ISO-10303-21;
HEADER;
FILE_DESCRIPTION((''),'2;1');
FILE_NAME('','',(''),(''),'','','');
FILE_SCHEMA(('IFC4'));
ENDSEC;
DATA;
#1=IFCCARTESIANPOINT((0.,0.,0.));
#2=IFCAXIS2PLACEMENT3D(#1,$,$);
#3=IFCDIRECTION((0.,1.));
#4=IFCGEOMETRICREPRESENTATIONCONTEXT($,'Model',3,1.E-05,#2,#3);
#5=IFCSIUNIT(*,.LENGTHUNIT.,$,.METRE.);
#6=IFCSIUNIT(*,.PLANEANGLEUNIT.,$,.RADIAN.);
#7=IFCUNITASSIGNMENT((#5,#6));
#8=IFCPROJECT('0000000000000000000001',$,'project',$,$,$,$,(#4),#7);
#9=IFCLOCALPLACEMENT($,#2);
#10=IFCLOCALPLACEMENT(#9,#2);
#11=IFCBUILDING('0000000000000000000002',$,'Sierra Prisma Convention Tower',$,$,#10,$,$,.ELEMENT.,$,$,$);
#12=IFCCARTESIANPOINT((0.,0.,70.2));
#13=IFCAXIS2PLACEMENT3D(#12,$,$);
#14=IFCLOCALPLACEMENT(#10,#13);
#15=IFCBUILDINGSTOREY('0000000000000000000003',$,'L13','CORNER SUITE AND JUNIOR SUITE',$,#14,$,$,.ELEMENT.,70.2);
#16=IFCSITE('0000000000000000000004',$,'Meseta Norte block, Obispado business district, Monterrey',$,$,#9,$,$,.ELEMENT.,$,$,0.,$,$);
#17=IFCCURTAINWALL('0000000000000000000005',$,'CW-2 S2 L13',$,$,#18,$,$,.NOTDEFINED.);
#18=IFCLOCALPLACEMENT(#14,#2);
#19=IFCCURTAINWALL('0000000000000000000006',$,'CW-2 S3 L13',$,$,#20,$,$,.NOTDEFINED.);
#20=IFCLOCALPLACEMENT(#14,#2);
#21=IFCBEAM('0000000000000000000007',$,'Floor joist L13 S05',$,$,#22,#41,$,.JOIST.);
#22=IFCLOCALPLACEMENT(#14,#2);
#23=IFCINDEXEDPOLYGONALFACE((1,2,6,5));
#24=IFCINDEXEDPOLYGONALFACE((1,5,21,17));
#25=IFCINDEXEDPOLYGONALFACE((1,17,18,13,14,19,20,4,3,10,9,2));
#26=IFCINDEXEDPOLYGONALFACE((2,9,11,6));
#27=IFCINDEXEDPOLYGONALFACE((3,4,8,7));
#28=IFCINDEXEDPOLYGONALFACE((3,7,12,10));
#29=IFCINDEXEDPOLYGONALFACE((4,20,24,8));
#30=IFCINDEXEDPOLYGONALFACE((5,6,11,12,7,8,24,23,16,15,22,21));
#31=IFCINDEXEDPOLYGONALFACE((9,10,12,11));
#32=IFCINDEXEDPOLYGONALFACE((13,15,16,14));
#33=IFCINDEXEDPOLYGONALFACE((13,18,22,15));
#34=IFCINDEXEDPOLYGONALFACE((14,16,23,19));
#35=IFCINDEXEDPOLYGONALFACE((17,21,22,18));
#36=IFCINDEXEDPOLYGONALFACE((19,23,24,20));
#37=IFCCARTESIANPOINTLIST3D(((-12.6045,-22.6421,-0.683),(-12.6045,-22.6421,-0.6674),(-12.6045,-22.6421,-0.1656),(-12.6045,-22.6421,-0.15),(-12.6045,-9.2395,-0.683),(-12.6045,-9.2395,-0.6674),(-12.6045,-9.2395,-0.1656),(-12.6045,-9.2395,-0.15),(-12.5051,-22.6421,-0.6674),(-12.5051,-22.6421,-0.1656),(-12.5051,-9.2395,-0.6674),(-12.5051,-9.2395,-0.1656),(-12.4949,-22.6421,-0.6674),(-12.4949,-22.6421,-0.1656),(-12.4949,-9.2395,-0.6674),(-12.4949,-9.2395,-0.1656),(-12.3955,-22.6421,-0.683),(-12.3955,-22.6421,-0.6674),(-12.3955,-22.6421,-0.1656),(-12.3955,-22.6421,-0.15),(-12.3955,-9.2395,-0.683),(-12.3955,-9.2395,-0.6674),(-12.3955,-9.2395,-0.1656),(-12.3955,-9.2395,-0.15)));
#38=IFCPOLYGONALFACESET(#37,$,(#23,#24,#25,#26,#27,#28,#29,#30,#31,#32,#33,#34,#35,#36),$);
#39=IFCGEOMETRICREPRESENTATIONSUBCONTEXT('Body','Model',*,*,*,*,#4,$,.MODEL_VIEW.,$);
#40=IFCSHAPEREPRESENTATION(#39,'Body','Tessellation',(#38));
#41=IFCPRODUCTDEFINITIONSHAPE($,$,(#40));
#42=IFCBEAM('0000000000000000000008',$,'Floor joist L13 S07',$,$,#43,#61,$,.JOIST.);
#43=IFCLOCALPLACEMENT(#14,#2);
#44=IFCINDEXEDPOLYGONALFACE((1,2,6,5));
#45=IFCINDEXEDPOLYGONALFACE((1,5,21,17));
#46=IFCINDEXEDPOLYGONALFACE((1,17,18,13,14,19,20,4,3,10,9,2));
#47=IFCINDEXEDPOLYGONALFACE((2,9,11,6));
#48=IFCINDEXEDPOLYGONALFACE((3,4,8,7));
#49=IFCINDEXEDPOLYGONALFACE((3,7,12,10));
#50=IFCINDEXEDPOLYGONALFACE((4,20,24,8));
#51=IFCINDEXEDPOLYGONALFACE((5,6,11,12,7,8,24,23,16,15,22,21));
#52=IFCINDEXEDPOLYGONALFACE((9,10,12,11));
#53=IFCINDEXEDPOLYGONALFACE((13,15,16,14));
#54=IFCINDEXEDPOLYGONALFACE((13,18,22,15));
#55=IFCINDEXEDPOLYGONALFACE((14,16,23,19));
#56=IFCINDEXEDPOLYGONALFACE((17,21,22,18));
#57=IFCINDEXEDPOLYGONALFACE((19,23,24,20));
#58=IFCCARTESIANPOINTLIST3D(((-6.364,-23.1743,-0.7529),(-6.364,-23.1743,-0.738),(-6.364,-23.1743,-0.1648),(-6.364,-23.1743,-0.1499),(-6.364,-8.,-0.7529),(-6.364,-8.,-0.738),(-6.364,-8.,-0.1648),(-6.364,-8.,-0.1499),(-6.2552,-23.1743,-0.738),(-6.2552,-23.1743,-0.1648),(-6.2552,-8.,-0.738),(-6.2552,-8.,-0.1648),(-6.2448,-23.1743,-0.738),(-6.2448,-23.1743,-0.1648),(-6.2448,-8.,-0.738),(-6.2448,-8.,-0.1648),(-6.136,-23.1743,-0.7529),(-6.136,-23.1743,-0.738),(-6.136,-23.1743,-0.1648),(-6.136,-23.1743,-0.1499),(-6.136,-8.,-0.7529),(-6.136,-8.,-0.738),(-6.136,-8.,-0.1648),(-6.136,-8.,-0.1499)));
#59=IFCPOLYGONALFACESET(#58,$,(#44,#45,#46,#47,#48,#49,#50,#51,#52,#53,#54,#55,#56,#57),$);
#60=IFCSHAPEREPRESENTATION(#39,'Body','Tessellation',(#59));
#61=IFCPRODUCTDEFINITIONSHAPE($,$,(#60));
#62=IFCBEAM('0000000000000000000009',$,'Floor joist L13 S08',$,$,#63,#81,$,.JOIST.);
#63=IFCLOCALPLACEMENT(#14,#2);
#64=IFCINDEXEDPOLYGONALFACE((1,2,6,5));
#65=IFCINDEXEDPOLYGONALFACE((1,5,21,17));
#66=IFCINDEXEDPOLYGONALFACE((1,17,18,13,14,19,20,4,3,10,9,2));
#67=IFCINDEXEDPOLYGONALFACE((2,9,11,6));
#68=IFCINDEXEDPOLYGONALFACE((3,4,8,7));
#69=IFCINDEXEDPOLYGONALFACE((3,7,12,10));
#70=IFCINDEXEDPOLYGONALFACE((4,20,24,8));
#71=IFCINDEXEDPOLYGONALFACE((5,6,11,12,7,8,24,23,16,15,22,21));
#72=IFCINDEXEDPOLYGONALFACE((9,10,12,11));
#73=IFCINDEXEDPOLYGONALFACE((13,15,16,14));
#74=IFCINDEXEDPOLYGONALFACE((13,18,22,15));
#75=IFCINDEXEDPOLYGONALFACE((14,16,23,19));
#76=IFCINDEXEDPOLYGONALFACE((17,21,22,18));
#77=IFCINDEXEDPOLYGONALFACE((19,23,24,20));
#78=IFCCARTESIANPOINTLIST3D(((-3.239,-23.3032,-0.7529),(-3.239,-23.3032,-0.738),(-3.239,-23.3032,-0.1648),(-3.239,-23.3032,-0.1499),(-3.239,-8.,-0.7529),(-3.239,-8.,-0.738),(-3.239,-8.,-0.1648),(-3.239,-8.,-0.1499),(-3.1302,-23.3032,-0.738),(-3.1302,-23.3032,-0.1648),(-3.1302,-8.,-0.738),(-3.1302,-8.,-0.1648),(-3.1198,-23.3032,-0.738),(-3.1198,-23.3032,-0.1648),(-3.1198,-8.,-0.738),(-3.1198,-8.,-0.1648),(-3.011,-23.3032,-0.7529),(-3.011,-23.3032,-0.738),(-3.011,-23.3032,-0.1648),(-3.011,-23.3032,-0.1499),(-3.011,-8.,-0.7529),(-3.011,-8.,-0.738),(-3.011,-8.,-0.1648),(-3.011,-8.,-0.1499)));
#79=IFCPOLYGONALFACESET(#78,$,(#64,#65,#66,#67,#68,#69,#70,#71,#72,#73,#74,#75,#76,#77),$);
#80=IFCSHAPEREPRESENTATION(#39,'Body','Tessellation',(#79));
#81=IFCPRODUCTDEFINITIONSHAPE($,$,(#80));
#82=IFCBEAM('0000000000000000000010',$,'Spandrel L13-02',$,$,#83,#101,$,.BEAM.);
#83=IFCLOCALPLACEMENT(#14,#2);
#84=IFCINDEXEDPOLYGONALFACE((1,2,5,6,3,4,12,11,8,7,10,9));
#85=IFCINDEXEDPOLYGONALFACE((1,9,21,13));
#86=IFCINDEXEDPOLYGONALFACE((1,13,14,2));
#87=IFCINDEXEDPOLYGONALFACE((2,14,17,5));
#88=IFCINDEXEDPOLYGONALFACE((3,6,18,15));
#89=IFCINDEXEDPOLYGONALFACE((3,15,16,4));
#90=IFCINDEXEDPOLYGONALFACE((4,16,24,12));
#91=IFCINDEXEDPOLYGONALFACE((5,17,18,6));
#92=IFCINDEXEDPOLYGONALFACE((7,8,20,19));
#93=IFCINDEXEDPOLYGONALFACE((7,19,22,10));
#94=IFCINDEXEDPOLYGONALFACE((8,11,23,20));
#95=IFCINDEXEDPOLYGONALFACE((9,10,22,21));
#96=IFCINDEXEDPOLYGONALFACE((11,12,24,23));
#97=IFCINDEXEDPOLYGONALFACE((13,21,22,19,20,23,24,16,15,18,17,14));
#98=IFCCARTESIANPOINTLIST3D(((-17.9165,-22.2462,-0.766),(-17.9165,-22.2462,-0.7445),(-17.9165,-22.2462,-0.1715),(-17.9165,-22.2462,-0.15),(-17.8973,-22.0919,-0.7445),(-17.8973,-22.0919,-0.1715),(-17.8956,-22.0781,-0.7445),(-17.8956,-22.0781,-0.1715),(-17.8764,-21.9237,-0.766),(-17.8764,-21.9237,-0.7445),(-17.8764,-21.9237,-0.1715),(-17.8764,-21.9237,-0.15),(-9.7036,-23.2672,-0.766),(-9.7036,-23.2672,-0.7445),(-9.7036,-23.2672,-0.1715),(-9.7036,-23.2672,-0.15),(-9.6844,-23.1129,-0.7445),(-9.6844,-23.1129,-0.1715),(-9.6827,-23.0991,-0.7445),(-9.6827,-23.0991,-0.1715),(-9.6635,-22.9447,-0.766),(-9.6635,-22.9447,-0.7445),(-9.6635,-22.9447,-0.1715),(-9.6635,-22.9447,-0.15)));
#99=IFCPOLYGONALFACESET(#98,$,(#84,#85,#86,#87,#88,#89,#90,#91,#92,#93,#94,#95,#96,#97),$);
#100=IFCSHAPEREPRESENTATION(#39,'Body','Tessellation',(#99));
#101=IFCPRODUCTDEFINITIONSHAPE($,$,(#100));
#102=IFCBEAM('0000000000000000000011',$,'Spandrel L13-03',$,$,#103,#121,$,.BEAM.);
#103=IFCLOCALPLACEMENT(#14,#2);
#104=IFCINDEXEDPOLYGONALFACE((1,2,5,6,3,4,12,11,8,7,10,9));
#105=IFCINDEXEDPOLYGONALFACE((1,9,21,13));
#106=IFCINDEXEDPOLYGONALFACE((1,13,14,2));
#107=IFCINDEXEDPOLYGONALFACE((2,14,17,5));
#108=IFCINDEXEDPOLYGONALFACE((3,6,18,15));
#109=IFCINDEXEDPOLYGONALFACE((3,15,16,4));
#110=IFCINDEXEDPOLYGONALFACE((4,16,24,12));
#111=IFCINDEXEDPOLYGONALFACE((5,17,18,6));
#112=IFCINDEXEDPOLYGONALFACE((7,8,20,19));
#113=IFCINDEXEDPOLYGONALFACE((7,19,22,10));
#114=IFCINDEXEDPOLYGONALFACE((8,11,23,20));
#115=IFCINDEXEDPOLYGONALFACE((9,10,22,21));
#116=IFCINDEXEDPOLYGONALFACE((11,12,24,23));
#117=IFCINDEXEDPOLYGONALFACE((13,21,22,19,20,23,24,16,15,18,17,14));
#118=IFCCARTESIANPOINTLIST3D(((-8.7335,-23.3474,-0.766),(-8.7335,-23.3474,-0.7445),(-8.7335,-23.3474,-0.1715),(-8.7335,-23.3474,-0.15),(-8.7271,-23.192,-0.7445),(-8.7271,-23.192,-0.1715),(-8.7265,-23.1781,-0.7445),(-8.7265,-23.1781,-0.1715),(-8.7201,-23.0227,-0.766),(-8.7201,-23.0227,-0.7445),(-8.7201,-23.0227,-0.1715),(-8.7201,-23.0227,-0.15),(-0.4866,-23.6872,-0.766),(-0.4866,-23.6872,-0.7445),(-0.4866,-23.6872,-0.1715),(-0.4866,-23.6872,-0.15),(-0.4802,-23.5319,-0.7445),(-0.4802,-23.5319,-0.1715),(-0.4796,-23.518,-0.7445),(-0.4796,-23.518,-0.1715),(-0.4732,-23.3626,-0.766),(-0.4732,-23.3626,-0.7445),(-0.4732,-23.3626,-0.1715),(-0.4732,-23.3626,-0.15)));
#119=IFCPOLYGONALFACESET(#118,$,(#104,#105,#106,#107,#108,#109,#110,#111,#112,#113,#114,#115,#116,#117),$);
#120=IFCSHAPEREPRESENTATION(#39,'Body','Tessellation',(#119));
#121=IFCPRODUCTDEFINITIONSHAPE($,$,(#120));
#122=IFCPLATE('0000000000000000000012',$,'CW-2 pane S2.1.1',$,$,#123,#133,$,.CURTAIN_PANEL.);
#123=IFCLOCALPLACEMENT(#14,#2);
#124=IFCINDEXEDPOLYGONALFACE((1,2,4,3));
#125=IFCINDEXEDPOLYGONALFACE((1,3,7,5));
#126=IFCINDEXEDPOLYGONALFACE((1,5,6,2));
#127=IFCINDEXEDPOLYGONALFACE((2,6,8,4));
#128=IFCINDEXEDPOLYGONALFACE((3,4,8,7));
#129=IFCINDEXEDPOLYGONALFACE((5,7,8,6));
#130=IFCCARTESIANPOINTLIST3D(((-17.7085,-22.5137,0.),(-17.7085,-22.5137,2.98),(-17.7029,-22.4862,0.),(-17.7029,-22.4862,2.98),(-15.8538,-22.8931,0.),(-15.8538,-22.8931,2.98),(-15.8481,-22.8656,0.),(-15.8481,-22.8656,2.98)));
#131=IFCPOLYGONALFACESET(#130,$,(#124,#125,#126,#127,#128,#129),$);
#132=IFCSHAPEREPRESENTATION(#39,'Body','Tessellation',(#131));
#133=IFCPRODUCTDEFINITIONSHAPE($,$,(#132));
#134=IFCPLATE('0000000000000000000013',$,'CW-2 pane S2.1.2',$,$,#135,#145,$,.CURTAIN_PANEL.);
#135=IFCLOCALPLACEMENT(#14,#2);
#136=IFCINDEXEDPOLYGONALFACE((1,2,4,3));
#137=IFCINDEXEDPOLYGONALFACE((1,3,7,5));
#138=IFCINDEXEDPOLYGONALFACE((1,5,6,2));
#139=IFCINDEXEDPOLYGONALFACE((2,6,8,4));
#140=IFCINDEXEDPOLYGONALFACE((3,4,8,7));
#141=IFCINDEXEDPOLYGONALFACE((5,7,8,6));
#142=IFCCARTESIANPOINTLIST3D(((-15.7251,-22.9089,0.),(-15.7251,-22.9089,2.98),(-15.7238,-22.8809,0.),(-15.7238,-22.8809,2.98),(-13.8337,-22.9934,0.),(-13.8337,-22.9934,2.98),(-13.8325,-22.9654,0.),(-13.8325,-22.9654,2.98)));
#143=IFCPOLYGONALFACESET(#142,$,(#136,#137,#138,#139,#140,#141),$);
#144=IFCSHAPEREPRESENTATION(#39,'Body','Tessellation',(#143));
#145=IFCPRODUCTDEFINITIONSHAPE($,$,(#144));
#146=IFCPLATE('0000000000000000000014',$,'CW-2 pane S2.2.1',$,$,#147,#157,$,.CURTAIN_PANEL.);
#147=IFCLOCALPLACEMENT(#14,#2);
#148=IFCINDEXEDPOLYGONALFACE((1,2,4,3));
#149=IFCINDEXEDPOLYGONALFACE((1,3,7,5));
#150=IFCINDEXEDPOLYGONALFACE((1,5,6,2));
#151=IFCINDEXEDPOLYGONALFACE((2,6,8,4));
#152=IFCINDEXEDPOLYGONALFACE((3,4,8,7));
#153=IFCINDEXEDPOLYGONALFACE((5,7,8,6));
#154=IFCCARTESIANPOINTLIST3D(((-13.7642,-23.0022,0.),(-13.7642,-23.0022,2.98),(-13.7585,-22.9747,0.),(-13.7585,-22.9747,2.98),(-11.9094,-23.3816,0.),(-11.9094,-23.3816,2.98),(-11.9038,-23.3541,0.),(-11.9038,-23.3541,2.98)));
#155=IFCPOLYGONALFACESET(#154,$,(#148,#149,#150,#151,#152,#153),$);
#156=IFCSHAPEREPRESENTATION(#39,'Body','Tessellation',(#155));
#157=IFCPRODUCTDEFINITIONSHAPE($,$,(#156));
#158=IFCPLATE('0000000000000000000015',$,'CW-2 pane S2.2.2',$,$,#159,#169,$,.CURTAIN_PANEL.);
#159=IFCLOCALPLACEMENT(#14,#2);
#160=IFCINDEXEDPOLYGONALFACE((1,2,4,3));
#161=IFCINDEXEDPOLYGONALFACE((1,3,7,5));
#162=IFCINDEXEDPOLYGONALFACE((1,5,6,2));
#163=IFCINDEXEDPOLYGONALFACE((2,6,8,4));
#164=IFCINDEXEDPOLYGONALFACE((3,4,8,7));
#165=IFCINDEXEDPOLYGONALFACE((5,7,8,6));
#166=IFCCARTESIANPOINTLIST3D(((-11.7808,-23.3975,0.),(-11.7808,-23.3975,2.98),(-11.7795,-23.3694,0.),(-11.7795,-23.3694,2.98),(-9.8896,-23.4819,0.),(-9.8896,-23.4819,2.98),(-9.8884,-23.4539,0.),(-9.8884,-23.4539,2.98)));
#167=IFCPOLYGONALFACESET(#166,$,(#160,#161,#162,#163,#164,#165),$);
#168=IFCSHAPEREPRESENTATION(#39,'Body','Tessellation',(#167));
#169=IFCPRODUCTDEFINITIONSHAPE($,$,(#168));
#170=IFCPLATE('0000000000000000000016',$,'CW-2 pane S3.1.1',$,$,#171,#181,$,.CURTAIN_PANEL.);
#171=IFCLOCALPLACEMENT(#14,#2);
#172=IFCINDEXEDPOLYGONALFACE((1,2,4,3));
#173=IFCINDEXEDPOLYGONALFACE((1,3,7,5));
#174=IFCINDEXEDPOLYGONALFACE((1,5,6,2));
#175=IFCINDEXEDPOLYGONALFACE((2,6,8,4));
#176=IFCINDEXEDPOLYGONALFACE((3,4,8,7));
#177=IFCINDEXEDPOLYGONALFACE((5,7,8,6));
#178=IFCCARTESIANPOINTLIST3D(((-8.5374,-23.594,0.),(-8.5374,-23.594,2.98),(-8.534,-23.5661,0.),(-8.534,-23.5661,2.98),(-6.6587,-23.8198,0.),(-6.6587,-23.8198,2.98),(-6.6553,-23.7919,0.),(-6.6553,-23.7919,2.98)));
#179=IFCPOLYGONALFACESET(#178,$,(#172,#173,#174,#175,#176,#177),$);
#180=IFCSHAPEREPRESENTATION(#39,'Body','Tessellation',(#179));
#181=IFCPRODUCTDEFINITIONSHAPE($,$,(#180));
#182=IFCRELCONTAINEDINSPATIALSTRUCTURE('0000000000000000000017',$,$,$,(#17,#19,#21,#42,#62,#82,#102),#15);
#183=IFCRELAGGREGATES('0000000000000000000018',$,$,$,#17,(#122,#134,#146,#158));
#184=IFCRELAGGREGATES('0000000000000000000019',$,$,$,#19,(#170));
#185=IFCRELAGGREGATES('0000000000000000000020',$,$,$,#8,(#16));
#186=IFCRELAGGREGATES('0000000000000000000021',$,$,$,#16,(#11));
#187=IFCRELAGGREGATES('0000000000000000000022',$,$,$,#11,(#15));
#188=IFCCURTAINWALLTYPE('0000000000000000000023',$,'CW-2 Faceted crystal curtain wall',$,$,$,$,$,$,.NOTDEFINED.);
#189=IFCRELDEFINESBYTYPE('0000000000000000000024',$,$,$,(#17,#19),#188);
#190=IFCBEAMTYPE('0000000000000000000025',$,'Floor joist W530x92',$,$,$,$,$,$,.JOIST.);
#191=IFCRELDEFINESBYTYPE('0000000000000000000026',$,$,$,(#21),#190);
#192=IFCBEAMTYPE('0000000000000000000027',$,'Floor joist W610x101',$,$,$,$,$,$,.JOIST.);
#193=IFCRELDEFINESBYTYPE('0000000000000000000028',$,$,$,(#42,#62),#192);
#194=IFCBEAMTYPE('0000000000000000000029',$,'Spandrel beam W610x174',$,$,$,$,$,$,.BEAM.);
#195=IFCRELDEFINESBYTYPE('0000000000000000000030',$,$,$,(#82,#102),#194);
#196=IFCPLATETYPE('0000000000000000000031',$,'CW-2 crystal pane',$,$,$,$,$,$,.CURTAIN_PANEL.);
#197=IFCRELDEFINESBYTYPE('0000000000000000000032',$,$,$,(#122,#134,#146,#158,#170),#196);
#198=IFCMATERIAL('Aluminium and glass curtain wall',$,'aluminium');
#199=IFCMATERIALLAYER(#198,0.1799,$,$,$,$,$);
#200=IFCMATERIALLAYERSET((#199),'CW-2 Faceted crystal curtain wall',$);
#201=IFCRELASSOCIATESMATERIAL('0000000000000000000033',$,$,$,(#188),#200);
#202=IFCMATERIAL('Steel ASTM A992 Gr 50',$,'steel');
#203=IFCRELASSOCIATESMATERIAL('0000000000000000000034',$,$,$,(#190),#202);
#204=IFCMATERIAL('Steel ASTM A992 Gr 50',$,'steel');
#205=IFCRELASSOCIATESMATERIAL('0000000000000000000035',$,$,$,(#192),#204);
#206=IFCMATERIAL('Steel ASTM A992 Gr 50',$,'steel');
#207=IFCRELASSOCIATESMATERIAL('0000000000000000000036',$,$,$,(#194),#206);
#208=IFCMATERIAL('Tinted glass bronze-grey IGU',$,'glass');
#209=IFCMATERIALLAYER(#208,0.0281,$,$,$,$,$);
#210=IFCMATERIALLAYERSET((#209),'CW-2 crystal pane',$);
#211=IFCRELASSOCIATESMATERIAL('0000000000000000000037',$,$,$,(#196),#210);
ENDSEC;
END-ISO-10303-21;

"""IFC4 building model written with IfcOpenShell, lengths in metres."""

from ifc_helpers import new_model, si_unit, direction, frame, origin, origin_2d, place, context, subcontext, project, spatial, polyline, i_section, outline, extrude, material, layer, layer_set, material_profile, profile_set, type_object, element, aggregate, save


model = new_model("IFC4")

# Units and contexts
model_context = context("Model", 3, precision=1e-05, world=origin(), true_north=direction((0.0, 1.0)))
body_context = subcontext(model_context, "Body", "Model", "MODEL_VIEW")
ifc_project = project(units=[si_unit("LENGTHUNIT", "METRE"), si_unit("PLANEANGLEUNIT", "RADIAN")], contexts=[model_context])

# Site, building, storey
site_placement = place(None, origin())
site = spatial("IfcSite", under=ifc_project, at=site_placement, Name="Meseta Norte block, Obispado business district, Monterrey", CompositionType="ELEMENT", RefElevation=0.0)
building_placement = place(site_placement, origin())
building = spatial("IfcBuilding", under=site, at=building_placement, Name="Sierra Prisma Convention Tower", CompositionType="ELEMENT")
storey_placement = place(building_placement, frame((0.0, 0.0, 70.2)))
storey = spatial("IfcBuildingStorey", under=building, at=storey_placement, Name="L13", Description="CORNER SUITE AND JUNIOR SUITE", CompositionType="ELEMENT", Elevation=70.2)

# Curtain walls
ifc_material_1 = material(Name="Aluminium and glass curtain wall", Category="aluminium")
ifc_layer_1 = layer(ifc_material_1, 0.1799)
ifc_layer_set_1 = layer_set([ifc_layer_1], Name="CW-2 Faceted crystal curtain wall")
curtain_wall_type = type_object("IfcCurtainWallType", Name="CW-2 Faceted crystal curtain wall", PredefinedType="NOTDEFINED", material=ifc_layer_set_1)
curtain_wall_1_placement = place(storey_placement, origin())
curtain_wall_1 = element("IfcCurtainWall", 1, at=curtain_wall_1_placement, inside=storey, type_object=curtain_wall_type, Name="CW-2 S2 L13", PredefinedType="NOTDEFINED")
curtain_wall_2_placement = place(storey_placement, origin())
curtain_wall_2 = element("IfcCurtainWall", 2, at=curtain_wall_2_placement, inside=storey, type_object=curtain_wall_type, Name="CW-2 S3 L13", PredefinedType="NOTDEFINED")

# Beams
ifc_material_2 = material(Name="Steel ASTM A992 Gr 50", Category="steel")
ifc_material_profile_1 = material_profile(ifc_material_2, i_section(OverallWidth=0.209, OverallDepth=0.533, WebThickness=0.0103, FlangeThickness=0.0156, at=origin_2d()), Name="W530x92")
ifc_profile_set_1 = profile_set([ifc_material_profile_1], Name="Steel ASTM A992 Gr 50")
beam_type_1 = type_object("IfcBeamType", Name="Floor joist W530x92", PredefinedType="JOIST", material=ifc_profile_set_1)
beam_1_placement = place(storey_placement, frame((-12.5, -22.6421, -0.4165), z_axis=(0.0, 1.0, 0.0), x_axis=(-1.0, 0.0, 0.0)))
element("IfcBeam", 3, at=beam_1_placement, inside=storey, type_object=beam_type_1, Name="Floor joist L13 S05", PredefinedType="JOIST", context=body_context, shape_type="SweptSolid", body=[
    extrude(i_section(OverallWidth=0.209, OverallDepth=0.533, WebThickness=0.0103, FlangeThickness=0.0156, at=origin_2d()), origin(), (0.0, 0.0, 1.0), 13.4026),
])
ifc_material_3 = material(Name="Steel ASTM A992 Gr 50", Category="steel")
ifc_material_profile_2 = material_profile(ifc_material_3, i_section(OverallWidth=0.228, OverallDepth=0.603, WebThickness=0.0105, FlangeThickness=0.0149, at=origin_2d()), Name="W610x101")
ifc_profile_set_2 = profile_set([ifc_material_profile_2], Name="Steel ASTM A992 Gr 50")
beam_type_2 = type_object("IfcBeamType", Name="Floor joist W610x101", PredefinedType="JOIST", material=ifc_profile_set_2)
beam_2_placement = place(storey_placement, frame((-6.25, -23.1743, -0.4514), z_axis=(0.0, 1.0, 0.0), x_axis=(-1.0, 0.0, 0.0)))
element("IfcBeam", 4, at=beam_2_placement, inside=storey, type_object=beam_type_2, Name="Floor joist L13 S07", PredefinedType="JOIST", context=body_context, shape_type="SweptSolid", body=[
    extrude(i_section(OverallWidth=0.228, OverallDepth=0.603, WebThickness=0.0105, FlangeThickness=0.0149, at=origin_2d()), origin(), (0.0, 0.0, 1.0), 15.1743),
])
beam_3_placement = place(storey_placement, frame((-3.125, -23.3032, -0.4514), z_axis=(0.0, 1.0, 0.0), x_axis=(-1.0, 0.0, 0.0)))
element("IfcBeam", 5, at=beam_3_placement, inside=storey, type_object=beam_type_2, Name="Floor joist L13 S08", PredefinedType="JOIST", context=body_context, shape_type="SweptSolid", body=[
    extrude(i_section(OverallWidth=0.228, OverallDepth=0.603, WebThickness=0.0105, FlangeThickness=0.0149, at=origin_2d()), origin(), (0.0, 0.0, 1.0), 15.3032),
])
ifc_material_4 = material(Name="Steel ASTM A992 Gr 50", Category="steel")
ifc_material_profile_3 = material_profile(ifc_material_4, i_section(OverallWidth=0.325, OverallDepth=0.616, WebThickness=0.0139, FlangeThickness=0.0215, at=origin_2d()), Name="W610x174")
ifc_profile_set_3 = profile_set([ifc_material_profile_3], Name="Steel ASTM A992 Gr 50")
beam_type_3 = type_object("IfcBeamType", Name="Spandrel beam W610x174", PredefinedType="BEAM", material=ifc_profile_set_3)
beam_4_placement = place(storey_placement, frame((-17.8965, -22.085, -0.458), z_axis=(0.992361, -0.123367, 0.0), x_axis=(0.123367, 0.992361, 0.0)))
element("IfcBeam", 6, at=beam_4_placement, inside=storey, type_object=beam_type_3, Name="Spandrel L13-02", PredefinedType="BEAM", context=body_context, shape_type="SweptSolid", body=[
    extrude(i_section(OverallWidth=0.325, OverallDepth=0.616, WebThickness=0.0139, FlangeThickness=0.0215, at=origin_2d()), origin(), (0.0, 0.0, 1.0), 8.2761),
])
beam_5_placement = place(storey_placement, frame((-8.7268, -23.1851, -0.458), z_axis=(0.999152, -0.041174, 0.0), x_axis=(0.041174, 0.999152, 0.0)))
element("IfcBeam", 7, at=beam_5_placement, inside=storey, type_object=beam_type_3, Name="Spandrel L13-03", PredefinedType="BEAM", context=body_context, shape_type="SweptSolid", body=[
    extrude(i_section(OverallWidth=0.325, OverallDepth=0.616, WebThickness=0.0139, FlangeThickness=0.0215, at=origin_2d()), origin(), (0.0, 0.0, 1.0), 8.2539),
])

# Plates
ifc_material_5 = material(Name="Tinted glass bronze-grey IGU", Category="glass")
ifc_layer_2 = layer(ifc_material_5, 0.0281)
ifc_layer_set_2 = layer_set([ifc_layer_2], Name="CW-2 crystal pane")
plate_type = type_object("IfcPlateType", Name="CW-2 crystal pane", PredefinedType="CURTAIN_PANEL", material=ifc_layer_set_2)
plate_1_placement = place(storey_placement, frame((-17.7085, -22.5137, 0.0), z_axis=(-0.200405, -0.979713, 0.0), x_axis=(0.979713, -0.200405, 0.0)))
plate_1 = element("IfcPlate", 8, at=plate_1_placement, type_object=plate_type, Name="CW-2 pane S2.1.1", PredefinedType="CURTAIN_PANEL", context=body_context, shape_type="SweptSolid", body=[
    extrude(outline(polyline([(0.0, 0.0), (1.8931, 0.0), (1.8931, 2.98), (0.0, 2.98), (0.0, 0.0)])), origin(), (0.0, 0.0, -1.0), 0.0281),
])
plate_2_placement = place(storey_placement, frame((-13.8337, -22.9934, 0.0), z_axis=(-0.044618, -0.999004, 0.0), x_axis=(-0.999004, 0.044618, 0.0)))
plate_2 = element("IfcPlate", 9, at=plate_2_placement, type_object=plate_type, Name="CW-2 pane S2.1.2", PredefinedType="CURTAIN_PANEL", context=body_context, shape_type="SweptSolid", body=[
    extrude(outline(polyline([(0.0, 0.0), (1.8932, 0.0), (1.8932, -2.98), (0.0, -2.98), (0.0, 0.0)])), origin(), (0.0, 0.0, -1.0), 0.0281),
])
plate_3_placement = place(storey_placement, frame((-13.7642, -23.0022, 0.0), z_axis=(-0.200405, -0.979713, 0.0), x_axis=(0.979713, -0.200405, 0.0)))
plate_3 = element("IfcPlate", 10, at=plate_3_placement, type_object=plate_type, Name="CW-2 pane S2.2.1", PredefinedType="CURTAIN_PANEL", context=body_context, shape_type="SweptSolid", body=[
    extrude(outline(polyline([(0.0, 0.0), (1.8931, 0.0), (1.8931, 2.98), (0.0, 2.98), (0.0, 0.0)])), origin(), (0.0, 0.0, -1.0), 0.0281),
])
plate_4_placement = place(storey_placement, frame((-9.8896, -23.4819, 0.0), z_axis=(-0.044624, -0.999004, 0.0), x_axis=(-0.999004, 0.044624, 0.0)))
plate_4 = element("IfcPlate", 11, at=plate_4_placement, type_object=plate_type, Name="CW-2 pane S2.2.2", PredefinedType="CURTAIN_PANEL", context=body_context, shape_type="SweptSolid", body=[
    extrude(outline(polyline([(0.0, 0.0), (1.893, 0.0), (1.893, -2.98), (0.0, -2.98), (0.0, 0.0)])), origin(), (0.0, 0.0, -1.0), 0.0281),
])
aggregate(curtain_wall_1, [plate_1, plate_2, plate_3, plate_4])
plate_5_placement = place(storey_placement, frame((-8.5374, -23.594, 0.0), z_axis=(-0.119349, -0.992852, 0.0), x_axis=(0.992852, -0.119349, 0.0)))
plate_5 = element("IfcPlate", 12, at=plate_5_placement, type_object=plate_type, Name="CW-2 pane S3.1.1", PredefinedType="CURTAIN_PANEL", context=body_context, shape_type="SweptSolid", body=[
    extrude(outline(polyline([(0.0, 0.0), (1.8922, 0.0), (1.8922, 2.98), (0.0, 2.98), (0.0, 0.0)])), origin(), (0.0, 0.0, -1.0), 0.0281),
])
aggregate(curtain_wall_2, [plate_5])

save(model, "model.ifc")
